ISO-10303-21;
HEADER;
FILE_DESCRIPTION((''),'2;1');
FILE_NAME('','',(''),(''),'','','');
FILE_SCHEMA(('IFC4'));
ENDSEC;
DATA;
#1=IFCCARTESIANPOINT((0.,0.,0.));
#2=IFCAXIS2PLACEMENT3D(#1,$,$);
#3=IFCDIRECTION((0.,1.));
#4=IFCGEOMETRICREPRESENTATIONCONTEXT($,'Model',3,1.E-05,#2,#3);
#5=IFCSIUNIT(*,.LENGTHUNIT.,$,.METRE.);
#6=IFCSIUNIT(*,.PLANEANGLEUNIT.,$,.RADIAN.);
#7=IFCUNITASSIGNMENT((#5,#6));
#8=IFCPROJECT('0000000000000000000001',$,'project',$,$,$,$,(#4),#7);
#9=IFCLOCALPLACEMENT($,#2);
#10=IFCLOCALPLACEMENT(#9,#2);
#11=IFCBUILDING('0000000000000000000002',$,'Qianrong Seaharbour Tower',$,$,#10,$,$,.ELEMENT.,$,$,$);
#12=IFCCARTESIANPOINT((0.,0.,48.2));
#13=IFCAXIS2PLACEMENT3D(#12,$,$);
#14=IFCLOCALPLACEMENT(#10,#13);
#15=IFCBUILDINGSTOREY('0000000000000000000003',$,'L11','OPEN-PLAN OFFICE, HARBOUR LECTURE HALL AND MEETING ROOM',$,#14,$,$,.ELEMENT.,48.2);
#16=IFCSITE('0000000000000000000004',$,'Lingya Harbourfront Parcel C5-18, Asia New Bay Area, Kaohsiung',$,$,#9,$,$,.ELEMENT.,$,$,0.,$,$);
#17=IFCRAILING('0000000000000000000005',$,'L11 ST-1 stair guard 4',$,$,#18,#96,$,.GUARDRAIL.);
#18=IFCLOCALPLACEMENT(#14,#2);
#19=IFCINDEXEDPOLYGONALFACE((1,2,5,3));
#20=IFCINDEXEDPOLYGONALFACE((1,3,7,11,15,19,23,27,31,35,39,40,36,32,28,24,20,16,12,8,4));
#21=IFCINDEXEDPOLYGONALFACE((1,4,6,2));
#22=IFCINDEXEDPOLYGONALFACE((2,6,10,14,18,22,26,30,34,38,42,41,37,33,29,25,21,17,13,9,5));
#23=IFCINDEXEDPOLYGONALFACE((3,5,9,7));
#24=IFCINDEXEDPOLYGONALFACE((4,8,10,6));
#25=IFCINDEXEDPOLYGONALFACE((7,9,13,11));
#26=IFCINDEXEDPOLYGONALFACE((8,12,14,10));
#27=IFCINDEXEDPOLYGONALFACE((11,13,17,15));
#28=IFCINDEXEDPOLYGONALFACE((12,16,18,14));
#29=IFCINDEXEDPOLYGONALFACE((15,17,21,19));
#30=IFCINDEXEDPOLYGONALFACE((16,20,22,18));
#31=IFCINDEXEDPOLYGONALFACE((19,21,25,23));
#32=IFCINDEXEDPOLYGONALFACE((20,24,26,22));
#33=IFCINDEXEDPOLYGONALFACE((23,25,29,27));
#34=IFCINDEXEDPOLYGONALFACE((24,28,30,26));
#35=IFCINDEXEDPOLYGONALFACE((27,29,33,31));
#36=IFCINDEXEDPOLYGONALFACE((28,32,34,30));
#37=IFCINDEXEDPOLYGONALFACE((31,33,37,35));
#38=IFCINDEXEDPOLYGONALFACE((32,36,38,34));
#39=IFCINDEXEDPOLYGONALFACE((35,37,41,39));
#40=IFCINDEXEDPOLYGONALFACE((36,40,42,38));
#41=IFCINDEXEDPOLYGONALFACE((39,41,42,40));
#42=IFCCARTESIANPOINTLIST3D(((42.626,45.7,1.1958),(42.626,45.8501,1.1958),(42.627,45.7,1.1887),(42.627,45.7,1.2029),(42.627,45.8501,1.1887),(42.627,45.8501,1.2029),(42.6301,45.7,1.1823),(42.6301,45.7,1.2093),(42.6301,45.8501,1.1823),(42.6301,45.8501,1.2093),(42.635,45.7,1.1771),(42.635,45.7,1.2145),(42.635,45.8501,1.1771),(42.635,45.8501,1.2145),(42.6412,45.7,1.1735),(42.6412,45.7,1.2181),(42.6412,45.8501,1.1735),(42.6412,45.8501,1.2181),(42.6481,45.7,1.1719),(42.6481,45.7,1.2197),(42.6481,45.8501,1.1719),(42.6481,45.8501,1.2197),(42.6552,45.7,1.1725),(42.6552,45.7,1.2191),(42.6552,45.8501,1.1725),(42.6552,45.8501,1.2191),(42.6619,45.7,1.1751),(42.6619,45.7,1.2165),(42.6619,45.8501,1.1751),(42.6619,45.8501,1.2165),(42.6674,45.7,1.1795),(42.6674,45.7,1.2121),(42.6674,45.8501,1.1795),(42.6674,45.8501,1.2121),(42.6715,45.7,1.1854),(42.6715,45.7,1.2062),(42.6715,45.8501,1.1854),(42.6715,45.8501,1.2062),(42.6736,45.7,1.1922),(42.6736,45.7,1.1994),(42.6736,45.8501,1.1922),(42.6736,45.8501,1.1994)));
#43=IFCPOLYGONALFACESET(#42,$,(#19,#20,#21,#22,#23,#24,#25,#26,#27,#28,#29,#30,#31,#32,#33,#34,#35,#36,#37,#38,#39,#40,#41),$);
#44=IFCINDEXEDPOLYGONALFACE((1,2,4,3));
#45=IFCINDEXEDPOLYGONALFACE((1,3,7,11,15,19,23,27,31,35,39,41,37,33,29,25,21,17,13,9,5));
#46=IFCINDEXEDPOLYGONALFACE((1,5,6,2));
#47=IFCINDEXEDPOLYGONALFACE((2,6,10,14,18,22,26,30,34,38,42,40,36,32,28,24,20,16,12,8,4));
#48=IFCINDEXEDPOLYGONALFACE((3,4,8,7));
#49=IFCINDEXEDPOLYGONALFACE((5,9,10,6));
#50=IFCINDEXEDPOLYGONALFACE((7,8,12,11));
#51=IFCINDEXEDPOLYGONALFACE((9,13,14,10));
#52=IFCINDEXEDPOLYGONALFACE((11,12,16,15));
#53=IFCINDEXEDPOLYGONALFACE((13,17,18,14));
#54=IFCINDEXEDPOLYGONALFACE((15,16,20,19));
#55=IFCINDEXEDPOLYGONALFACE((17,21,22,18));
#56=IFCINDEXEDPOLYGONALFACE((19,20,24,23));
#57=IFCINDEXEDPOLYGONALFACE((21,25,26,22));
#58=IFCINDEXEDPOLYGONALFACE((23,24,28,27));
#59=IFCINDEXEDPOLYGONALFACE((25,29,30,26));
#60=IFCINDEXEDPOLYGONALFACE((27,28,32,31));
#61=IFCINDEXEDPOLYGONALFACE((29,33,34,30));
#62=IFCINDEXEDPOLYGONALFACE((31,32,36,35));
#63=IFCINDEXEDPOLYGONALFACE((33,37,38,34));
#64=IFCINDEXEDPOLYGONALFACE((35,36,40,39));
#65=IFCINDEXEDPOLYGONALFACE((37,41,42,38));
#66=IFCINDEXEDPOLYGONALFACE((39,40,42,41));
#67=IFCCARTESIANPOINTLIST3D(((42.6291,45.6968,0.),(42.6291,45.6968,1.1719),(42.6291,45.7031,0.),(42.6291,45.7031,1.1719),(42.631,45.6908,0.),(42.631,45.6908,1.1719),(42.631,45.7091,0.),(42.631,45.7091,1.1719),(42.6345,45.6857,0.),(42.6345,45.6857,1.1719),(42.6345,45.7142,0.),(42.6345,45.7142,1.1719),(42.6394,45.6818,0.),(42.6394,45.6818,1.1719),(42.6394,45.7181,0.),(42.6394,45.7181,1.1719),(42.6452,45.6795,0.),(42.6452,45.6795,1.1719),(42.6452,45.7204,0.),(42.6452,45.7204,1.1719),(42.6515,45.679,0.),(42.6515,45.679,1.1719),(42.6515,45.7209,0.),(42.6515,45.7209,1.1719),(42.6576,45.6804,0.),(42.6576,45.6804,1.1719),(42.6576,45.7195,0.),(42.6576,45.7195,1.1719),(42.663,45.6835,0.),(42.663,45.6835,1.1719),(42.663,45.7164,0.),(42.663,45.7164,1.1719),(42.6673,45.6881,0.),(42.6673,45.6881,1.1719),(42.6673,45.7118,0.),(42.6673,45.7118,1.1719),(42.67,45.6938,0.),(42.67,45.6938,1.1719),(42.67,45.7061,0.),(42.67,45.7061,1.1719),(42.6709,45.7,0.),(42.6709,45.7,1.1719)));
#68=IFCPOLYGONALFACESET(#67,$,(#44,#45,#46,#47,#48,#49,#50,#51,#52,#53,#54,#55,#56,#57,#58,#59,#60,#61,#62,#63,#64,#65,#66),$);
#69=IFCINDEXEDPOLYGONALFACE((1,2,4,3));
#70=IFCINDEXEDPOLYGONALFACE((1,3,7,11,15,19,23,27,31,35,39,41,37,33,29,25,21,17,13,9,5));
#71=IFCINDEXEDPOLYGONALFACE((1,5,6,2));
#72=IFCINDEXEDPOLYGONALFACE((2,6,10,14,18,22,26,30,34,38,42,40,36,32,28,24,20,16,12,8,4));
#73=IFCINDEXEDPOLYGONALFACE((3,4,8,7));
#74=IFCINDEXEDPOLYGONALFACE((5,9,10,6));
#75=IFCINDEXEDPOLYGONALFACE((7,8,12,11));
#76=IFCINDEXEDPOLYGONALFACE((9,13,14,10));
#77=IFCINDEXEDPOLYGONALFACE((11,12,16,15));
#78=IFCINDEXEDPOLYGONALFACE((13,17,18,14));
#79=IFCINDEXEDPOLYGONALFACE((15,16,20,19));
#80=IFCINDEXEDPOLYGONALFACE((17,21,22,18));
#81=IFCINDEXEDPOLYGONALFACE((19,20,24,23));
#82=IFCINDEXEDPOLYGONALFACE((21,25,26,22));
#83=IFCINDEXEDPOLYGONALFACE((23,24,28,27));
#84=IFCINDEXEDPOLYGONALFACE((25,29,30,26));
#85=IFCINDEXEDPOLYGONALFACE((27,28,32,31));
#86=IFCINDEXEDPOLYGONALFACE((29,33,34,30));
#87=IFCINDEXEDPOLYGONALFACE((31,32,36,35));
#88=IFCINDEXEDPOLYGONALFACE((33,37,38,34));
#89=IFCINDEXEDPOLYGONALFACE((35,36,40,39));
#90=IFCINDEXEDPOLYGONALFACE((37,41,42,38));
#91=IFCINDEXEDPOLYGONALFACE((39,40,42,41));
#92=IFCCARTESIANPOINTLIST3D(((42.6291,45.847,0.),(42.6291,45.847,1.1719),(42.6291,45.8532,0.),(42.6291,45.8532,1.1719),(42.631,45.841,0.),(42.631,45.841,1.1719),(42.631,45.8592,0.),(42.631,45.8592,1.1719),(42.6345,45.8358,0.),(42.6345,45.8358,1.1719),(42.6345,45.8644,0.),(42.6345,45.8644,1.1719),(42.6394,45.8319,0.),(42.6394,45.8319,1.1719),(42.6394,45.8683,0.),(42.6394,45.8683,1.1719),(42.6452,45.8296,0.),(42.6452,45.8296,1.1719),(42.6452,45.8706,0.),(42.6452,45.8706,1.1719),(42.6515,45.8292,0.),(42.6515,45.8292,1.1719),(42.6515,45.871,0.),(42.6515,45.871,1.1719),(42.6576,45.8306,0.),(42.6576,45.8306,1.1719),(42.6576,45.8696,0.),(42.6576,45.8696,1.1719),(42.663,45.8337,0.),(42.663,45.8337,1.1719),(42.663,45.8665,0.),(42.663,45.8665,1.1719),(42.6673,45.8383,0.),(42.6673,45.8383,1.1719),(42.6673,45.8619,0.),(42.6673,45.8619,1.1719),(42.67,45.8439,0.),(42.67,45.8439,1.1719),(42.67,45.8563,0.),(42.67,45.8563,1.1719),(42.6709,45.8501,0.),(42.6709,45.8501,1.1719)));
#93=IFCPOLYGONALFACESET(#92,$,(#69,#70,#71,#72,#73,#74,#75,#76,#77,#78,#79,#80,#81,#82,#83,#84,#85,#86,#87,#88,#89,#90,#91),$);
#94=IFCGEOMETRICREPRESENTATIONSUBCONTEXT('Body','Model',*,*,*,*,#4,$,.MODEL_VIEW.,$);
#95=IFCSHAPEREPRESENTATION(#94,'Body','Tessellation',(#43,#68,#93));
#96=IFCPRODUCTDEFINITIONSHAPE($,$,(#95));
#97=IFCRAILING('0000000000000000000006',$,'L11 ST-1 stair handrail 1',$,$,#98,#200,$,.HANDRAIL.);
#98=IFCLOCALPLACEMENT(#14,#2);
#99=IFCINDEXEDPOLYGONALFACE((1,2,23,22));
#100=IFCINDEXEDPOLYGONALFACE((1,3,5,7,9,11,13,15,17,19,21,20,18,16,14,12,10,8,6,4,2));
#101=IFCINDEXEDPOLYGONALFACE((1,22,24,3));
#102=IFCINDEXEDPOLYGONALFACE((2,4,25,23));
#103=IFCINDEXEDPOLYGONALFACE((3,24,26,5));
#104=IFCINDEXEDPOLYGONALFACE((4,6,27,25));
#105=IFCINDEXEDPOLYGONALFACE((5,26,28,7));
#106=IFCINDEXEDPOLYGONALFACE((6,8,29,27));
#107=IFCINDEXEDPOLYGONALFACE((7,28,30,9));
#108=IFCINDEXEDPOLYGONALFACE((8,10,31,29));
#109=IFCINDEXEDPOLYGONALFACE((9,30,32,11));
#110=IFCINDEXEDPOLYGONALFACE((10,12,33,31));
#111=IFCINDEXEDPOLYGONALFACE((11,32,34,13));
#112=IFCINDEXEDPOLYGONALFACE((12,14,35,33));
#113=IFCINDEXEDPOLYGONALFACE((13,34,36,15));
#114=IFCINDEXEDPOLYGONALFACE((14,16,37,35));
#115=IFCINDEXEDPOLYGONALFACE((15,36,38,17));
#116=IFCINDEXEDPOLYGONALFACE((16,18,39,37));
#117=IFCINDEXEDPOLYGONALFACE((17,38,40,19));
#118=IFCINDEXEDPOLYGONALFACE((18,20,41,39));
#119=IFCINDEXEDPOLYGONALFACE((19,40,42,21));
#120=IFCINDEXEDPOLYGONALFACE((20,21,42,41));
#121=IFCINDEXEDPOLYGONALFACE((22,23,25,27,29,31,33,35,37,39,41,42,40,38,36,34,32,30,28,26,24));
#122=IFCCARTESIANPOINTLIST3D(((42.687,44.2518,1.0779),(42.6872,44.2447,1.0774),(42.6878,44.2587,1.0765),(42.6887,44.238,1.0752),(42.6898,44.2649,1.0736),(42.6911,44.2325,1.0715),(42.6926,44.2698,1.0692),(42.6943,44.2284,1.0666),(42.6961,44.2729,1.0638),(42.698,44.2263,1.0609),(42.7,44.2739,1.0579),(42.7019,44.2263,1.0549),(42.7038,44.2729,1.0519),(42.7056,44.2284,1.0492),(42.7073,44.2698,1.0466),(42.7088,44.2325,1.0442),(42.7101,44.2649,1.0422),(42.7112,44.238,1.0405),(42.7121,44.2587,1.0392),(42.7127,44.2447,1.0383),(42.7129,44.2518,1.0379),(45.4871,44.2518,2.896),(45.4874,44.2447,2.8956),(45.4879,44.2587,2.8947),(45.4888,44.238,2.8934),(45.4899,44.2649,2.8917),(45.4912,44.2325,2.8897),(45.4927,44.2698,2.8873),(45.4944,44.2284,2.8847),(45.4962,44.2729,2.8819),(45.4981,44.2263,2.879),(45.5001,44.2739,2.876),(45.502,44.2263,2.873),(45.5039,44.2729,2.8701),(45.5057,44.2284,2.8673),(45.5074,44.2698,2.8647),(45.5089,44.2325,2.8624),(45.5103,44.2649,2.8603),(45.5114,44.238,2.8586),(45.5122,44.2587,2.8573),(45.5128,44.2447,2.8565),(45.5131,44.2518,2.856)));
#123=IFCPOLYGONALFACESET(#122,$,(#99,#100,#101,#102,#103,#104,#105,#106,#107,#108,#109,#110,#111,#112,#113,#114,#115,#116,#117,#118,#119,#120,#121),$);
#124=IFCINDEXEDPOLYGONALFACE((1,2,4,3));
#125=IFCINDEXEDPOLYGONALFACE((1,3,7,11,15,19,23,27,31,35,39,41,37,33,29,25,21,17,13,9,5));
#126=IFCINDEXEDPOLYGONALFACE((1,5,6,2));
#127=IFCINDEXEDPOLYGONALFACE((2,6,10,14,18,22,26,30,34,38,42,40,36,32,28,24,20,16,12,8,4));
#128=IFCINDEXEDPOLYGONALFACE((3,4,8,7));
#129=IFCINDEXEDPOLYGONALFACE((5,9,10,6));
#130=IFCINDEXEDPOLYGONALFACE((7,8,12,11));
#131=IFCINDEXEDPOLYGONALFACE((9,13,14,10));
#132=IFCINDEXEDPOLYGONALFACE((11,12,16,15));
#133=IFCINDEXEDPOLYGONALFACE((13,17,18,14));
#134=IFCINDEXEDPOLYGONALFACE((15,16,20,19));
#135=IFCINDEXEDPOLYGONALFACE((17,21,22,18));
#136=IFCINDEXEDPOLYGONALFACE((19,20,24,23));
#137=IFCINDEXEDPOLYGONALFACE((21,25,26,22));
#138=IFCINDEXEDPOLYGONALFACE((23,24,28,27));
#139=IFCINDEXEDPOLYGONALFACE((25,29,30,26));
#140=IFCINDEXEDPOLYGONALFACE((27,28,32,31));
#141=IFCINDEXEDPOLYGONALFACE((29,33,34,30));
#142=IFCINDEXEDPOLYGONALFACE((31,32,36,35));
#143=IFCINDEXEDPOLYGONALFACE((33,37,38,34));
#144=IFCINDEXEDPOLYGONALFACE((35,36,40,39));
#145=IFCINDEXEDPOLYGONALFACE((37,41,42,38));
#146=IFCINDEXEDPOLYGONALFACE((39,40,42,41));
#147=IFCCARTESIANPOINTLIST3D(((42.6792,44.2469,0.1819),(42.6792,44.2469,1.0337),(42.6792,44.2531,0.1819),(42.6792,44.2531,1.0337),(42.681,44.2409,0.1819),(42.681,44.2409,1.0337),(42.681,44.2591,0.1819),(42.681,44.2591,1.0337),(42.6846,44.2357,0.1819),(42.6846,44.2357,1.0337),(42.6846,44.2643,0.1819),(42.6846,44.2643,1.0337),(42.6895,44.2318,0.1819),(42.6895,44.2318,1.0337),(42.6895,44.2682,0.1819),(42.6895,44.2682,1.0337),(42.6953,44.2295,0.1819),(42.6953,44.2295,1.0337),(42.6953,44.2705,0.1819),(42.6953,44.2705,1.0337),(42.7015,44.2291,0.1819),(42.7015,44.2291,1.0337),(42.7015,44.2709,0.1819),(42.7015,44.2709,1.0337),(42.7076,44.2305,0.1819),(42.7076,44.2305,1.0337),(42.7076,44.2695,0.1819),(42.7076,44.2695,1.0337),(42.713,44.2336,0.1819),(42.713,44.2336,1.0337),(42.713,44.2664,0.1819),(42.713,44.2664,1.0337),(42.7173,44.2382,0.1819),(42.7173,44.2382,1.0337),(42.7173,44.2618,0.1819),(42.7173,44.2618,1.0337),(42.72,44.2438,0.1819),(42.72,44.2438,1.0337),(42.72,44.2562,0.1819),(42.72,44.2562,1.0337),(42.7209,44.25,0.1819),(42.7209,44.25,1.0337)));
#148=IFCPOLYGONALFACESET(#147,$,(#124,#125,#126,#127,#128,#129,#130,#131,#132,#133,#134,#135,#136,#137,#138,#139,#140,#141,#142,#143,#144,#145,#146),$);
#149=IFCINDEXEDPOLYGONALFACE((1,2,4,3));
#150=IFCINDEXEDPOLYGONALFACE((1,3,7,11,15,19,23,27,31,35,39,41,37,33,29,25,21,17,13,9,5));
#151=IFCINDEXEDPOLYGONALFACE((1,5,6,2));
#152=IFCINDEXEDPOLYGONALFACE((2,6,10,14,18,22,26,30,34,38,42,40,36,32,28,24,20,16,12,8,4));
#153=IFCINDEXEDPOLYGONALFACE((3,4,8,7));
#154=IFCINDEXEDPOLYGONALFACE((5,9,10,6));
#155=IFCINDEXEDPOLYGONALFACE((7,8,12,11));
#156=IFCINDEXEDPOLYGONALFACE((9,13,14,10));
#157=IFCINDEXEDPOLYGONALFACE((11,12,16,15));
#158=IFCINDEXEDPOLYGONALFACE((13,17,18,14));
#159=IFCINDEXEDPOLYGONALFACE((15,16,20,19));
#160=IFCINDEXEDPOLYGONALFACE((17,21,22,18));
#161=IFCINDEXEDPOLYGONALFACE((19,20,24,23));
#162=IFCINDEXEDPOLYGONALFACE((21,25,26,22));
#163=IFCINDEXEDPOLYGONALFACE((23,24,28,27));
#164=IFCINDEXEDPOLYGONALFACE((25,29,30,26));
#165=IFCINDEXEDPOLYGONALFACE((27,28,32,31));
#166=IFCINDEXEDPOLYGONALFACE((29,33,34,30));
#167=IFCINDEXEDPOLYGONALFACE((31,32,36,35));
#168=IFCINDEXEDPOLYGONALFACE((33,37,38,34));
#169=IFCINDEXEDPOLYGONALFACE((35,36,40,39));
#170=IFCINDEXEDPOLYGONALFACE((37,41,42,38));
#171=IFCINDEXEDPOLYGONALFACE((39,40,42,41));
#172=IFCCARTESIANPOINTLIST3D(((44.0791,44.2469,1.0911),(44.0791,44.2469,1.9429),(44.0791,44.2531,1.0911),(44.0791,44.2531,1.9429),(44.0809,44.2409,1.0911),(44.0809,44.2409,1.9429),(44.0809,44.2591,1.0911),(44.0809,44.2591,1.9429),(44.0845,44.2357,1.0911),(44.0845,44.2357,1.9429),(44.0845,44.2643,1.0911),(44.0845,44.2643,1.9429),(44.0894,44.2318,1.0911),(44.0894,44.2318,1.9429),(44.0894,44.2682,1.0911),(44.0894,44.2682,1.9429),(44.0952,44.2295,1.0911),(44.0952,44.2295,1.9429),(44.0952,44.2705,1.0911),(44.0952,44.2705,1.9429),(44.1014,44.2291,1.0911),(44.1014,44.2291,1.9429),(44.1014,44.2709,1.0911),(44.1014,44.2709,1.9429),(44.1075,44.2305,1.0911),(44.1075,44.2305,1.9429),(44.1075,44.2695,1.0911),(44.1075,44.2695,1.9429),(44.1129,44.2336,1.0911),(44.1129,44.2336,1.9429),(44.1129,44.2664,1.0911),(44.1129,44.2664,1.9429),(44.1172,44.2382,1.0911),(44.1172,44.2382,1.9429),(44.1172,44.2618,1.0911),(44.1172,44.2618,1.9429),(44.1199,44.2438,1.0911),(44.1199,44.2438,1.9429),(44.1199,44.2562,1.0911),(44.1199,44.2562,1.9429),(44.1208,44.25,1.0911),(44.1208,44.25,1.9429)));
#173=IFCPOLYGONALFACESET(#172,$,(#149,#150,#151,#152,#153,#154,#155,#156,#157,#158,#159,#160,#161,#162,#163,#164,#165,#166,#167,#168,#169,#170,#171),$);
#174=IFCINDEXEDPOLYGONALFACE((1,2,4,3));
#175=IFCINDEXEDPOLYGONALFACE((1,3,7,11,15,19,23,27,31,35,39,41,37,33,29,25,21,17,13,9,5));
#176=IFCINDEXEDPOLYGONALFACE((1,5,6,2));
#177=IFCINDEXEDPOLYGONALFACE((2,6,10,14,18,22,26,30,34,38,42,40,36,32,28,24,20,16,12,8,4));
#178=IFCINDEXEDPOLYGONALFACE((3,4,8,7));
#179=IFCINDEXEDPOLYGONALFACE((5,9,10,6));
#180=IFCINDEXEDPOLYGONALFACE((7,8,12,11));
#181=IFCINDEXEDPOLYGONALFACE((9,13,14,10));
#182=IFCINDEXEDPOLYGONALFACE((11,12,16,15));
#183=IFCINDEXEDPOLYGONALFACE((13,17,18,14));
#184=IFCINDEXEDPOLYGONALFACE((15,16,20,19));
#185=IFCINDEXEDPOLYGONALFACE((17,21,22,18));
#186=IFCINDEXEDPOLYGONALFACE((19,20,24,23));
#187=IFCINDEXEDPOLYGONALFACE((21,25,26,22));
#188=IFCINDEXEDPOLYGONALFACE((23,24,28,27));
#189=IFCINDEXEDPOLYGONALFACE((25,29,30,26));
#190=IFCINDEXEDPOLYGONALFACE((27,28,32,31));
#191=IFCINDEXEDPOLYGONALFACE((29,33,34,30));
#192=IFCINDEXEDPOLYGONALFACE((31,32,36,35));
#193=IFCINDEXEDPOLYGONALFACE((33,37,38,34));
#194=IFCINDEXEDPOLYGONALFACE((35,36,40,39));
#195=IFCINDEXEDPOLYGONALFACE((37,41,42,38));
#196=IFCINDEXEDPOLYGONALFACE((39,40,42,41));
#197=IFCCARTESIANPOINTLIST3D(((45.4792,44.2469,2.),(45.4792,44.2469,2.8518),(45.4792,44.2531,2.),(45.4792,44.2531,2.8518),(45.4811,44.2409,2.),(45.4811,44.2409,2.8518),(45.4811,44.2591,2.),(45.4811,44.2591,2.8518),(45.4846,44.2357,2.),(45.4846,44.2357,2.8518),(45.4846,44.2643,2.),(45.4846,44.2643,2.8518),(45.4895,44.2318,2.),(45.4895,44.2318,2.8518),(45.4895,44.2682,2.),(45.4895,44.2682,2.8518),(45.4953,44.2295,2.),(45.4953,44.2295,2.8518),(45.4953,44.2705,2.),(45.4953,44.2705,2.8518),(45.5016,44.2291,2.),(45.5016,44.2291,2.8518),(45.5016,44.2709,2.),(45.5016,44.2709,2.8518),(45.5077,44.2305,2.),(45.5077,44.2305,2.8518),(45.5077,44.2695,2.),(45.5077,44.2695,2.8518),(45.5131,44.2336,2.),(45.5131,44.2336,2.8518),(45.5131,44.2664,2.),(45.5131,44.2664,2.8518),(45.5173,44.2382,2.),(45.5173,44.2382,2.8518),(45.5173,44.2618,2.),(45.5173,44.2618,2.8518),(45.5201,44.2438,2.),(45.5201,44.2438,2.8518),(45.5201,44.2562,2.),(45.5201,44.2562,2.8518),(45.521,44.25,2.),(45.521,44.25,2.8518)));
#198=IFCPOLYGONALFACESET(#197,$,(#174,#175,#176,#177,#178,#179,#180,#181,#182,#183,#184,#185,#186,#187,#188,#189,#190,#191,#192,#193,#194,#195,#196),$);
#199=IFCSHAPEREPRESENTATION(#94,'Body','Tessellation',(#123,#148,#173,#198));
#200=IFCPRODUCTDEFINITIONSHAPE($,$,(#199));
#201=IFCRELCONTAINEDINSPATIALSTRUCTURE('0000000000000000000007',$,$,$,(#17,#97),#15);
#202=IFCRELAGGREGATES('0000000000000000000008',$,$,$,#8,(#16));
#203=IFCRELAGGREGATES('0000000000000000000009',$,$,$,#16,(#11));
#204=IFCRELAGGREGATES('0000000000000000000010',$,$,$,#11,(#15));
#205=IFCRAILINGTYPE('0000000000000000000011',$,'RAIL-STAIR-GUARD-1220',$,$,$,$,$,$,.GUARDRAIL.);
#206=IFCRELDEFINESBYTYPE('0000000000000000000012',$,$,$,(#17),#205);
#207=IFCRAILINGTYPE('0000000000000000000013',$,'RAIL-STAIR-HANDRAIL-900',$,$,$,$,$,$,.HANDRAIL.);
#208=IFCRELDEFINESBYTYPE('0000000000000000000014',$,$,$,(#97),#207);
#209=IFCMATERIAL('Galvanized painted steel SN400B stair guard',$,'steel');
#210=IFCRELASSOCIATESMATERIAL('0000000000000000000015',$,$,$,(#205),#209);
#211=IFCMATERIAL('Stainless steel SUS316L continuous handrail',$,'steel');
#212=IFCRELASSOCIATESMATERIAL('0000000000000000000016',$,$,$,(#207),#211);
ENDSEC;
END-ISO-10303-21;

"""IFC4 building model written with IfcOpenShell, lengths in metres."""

from ifc_helpers import new_model, si_unit, direction, frame, origin, origin_2d, place, context, subcontext, project, spatial, circle, extrude, material, type_object, element, save


model = new_model("IFC4")

# Units and contexts
model_context = context("Model", 3, precision=1e-05, world=origin(), true_north=direction((0.0, 1.0)))
body_context = subcontext(model_context, "Body", "Model", "MODEL_VIEW")
ifc_project = project(units=[si_unit("LENGTHUNIT", "METRE"), si_unit("PLANEANGLEUNIT", "RADIAN")], contexts=[model_context])

# Site, building, storey
site_placement = place(None, origin())
site = spatial("IfcSite", under=ifc_project, at=site_placement, Name="Lingya Harbourfront Parcel C5-18, Asia New Bay Area, Kaohsiung", CompositionType="ELEMENT", RefElevation=0.0)
building_placement = place(site_placement, origin())
building = spatial("IfcBuilding", under=site, at=building_placement, Name="Qianrong Seaharbour Tower", CompositionType="ELEMENT")
storey_placement = place(building_placement, frame((0.0, 0.0, 48.2)))
storey = spatial("IfcBuildingStorey", under=building, at=storey_placement, Name="L11", Description="OPEN-PLAN OFFICE, HARBOUR LECTURE HALL AND MEETING ROOM", CompositionType="ELEMENT", Elevation=48.2)

# Railings
ifc_material_1 = material(Name="Galvanized painted steel SN400B stair guard", Category="steel")
railing_type_1 = type_object("IfcRailingType", Name="RAIL-STAIR-GUARD-1220", PredefinedType="GUARDRAIL", material=ifc_material_1)
railing_1_placement = place(storey_placement, frame((42.6499, 45.7, 0.0)))
element("IfcRailing", 1, at=railing_1_placement, inside=storey, type_object=railing_type_1, Name="L11 ST-1 stair guard 4", PredefinedType="GUARDRAIL", context=body_context, shape_type="SweptSolid", body=[
    extrude(circle(Radius=0.0239, at=origin_2d()), frame((0.0, 0.0, 1.1958), z_axis=(0.0, 1.0, 0.0), x_axis=(-1.0, 0.0, 0.0)), (0.0, 0.0, 1.0), 0.1501),
    extrude(circle(Radius=0.021, at=origin_2d()), origin(), (0.0, 0.0, 1.0), 1.1719),
    extrude(circle(Radius=0.021, at=origin_2d()), frame((0.0, 0.1501, 0.0)), (0.0, 0.0, 1.0), 1.1719),
])
ifc_material_2 = material(Name="Stainless steel SUS316L continuous handrail", Category="steel")
railing_type_2 = type_object("IfcRailingType", Name="RAIL-STAIR-HANDRAIL-900", PredefinedType="HANDRAIL", material=ifc_material_2)
railing_2_placement = place(storey_placement, frame((42.7, 44.25, 0.1819)))
element("IfcRailing", 2, at=railing_2_placement, inside=storey, type_object=railing_type_2, Name="L11 ST-1 stair handrail 1", PredefinedType="HANDRAIL", context=body_context, shape_type="SweptSolid", body=[
    extrude(circle(Radius=0.0239, at=origin_2d()), frame((0.0, 0.0, 0.876), z_axis=(0.838706, 0.0, 0.544585), x_axis=(0.0, 1.0, 0.0)), (0.0, 0.0, 1.0), 3.3386),
    extrude(circle(Radius=0.021, at=origin_2d()), origin(), (0.0, 0.0, 1.0), 0.8518),
    extrude(circle(Radius=0.021, at=origin_2d()), frame((1.3999, 0.0, 0.9092)), (0.0, 0.0, 1.0), 0.8518),
    extrude(circle(Radius=0.021, at=origin_2d()), frame((2.8, 0.0, 1.8181)), (0.0, 0.0, 1.0), 0.8518),
])

save(model, "model.ifc")
